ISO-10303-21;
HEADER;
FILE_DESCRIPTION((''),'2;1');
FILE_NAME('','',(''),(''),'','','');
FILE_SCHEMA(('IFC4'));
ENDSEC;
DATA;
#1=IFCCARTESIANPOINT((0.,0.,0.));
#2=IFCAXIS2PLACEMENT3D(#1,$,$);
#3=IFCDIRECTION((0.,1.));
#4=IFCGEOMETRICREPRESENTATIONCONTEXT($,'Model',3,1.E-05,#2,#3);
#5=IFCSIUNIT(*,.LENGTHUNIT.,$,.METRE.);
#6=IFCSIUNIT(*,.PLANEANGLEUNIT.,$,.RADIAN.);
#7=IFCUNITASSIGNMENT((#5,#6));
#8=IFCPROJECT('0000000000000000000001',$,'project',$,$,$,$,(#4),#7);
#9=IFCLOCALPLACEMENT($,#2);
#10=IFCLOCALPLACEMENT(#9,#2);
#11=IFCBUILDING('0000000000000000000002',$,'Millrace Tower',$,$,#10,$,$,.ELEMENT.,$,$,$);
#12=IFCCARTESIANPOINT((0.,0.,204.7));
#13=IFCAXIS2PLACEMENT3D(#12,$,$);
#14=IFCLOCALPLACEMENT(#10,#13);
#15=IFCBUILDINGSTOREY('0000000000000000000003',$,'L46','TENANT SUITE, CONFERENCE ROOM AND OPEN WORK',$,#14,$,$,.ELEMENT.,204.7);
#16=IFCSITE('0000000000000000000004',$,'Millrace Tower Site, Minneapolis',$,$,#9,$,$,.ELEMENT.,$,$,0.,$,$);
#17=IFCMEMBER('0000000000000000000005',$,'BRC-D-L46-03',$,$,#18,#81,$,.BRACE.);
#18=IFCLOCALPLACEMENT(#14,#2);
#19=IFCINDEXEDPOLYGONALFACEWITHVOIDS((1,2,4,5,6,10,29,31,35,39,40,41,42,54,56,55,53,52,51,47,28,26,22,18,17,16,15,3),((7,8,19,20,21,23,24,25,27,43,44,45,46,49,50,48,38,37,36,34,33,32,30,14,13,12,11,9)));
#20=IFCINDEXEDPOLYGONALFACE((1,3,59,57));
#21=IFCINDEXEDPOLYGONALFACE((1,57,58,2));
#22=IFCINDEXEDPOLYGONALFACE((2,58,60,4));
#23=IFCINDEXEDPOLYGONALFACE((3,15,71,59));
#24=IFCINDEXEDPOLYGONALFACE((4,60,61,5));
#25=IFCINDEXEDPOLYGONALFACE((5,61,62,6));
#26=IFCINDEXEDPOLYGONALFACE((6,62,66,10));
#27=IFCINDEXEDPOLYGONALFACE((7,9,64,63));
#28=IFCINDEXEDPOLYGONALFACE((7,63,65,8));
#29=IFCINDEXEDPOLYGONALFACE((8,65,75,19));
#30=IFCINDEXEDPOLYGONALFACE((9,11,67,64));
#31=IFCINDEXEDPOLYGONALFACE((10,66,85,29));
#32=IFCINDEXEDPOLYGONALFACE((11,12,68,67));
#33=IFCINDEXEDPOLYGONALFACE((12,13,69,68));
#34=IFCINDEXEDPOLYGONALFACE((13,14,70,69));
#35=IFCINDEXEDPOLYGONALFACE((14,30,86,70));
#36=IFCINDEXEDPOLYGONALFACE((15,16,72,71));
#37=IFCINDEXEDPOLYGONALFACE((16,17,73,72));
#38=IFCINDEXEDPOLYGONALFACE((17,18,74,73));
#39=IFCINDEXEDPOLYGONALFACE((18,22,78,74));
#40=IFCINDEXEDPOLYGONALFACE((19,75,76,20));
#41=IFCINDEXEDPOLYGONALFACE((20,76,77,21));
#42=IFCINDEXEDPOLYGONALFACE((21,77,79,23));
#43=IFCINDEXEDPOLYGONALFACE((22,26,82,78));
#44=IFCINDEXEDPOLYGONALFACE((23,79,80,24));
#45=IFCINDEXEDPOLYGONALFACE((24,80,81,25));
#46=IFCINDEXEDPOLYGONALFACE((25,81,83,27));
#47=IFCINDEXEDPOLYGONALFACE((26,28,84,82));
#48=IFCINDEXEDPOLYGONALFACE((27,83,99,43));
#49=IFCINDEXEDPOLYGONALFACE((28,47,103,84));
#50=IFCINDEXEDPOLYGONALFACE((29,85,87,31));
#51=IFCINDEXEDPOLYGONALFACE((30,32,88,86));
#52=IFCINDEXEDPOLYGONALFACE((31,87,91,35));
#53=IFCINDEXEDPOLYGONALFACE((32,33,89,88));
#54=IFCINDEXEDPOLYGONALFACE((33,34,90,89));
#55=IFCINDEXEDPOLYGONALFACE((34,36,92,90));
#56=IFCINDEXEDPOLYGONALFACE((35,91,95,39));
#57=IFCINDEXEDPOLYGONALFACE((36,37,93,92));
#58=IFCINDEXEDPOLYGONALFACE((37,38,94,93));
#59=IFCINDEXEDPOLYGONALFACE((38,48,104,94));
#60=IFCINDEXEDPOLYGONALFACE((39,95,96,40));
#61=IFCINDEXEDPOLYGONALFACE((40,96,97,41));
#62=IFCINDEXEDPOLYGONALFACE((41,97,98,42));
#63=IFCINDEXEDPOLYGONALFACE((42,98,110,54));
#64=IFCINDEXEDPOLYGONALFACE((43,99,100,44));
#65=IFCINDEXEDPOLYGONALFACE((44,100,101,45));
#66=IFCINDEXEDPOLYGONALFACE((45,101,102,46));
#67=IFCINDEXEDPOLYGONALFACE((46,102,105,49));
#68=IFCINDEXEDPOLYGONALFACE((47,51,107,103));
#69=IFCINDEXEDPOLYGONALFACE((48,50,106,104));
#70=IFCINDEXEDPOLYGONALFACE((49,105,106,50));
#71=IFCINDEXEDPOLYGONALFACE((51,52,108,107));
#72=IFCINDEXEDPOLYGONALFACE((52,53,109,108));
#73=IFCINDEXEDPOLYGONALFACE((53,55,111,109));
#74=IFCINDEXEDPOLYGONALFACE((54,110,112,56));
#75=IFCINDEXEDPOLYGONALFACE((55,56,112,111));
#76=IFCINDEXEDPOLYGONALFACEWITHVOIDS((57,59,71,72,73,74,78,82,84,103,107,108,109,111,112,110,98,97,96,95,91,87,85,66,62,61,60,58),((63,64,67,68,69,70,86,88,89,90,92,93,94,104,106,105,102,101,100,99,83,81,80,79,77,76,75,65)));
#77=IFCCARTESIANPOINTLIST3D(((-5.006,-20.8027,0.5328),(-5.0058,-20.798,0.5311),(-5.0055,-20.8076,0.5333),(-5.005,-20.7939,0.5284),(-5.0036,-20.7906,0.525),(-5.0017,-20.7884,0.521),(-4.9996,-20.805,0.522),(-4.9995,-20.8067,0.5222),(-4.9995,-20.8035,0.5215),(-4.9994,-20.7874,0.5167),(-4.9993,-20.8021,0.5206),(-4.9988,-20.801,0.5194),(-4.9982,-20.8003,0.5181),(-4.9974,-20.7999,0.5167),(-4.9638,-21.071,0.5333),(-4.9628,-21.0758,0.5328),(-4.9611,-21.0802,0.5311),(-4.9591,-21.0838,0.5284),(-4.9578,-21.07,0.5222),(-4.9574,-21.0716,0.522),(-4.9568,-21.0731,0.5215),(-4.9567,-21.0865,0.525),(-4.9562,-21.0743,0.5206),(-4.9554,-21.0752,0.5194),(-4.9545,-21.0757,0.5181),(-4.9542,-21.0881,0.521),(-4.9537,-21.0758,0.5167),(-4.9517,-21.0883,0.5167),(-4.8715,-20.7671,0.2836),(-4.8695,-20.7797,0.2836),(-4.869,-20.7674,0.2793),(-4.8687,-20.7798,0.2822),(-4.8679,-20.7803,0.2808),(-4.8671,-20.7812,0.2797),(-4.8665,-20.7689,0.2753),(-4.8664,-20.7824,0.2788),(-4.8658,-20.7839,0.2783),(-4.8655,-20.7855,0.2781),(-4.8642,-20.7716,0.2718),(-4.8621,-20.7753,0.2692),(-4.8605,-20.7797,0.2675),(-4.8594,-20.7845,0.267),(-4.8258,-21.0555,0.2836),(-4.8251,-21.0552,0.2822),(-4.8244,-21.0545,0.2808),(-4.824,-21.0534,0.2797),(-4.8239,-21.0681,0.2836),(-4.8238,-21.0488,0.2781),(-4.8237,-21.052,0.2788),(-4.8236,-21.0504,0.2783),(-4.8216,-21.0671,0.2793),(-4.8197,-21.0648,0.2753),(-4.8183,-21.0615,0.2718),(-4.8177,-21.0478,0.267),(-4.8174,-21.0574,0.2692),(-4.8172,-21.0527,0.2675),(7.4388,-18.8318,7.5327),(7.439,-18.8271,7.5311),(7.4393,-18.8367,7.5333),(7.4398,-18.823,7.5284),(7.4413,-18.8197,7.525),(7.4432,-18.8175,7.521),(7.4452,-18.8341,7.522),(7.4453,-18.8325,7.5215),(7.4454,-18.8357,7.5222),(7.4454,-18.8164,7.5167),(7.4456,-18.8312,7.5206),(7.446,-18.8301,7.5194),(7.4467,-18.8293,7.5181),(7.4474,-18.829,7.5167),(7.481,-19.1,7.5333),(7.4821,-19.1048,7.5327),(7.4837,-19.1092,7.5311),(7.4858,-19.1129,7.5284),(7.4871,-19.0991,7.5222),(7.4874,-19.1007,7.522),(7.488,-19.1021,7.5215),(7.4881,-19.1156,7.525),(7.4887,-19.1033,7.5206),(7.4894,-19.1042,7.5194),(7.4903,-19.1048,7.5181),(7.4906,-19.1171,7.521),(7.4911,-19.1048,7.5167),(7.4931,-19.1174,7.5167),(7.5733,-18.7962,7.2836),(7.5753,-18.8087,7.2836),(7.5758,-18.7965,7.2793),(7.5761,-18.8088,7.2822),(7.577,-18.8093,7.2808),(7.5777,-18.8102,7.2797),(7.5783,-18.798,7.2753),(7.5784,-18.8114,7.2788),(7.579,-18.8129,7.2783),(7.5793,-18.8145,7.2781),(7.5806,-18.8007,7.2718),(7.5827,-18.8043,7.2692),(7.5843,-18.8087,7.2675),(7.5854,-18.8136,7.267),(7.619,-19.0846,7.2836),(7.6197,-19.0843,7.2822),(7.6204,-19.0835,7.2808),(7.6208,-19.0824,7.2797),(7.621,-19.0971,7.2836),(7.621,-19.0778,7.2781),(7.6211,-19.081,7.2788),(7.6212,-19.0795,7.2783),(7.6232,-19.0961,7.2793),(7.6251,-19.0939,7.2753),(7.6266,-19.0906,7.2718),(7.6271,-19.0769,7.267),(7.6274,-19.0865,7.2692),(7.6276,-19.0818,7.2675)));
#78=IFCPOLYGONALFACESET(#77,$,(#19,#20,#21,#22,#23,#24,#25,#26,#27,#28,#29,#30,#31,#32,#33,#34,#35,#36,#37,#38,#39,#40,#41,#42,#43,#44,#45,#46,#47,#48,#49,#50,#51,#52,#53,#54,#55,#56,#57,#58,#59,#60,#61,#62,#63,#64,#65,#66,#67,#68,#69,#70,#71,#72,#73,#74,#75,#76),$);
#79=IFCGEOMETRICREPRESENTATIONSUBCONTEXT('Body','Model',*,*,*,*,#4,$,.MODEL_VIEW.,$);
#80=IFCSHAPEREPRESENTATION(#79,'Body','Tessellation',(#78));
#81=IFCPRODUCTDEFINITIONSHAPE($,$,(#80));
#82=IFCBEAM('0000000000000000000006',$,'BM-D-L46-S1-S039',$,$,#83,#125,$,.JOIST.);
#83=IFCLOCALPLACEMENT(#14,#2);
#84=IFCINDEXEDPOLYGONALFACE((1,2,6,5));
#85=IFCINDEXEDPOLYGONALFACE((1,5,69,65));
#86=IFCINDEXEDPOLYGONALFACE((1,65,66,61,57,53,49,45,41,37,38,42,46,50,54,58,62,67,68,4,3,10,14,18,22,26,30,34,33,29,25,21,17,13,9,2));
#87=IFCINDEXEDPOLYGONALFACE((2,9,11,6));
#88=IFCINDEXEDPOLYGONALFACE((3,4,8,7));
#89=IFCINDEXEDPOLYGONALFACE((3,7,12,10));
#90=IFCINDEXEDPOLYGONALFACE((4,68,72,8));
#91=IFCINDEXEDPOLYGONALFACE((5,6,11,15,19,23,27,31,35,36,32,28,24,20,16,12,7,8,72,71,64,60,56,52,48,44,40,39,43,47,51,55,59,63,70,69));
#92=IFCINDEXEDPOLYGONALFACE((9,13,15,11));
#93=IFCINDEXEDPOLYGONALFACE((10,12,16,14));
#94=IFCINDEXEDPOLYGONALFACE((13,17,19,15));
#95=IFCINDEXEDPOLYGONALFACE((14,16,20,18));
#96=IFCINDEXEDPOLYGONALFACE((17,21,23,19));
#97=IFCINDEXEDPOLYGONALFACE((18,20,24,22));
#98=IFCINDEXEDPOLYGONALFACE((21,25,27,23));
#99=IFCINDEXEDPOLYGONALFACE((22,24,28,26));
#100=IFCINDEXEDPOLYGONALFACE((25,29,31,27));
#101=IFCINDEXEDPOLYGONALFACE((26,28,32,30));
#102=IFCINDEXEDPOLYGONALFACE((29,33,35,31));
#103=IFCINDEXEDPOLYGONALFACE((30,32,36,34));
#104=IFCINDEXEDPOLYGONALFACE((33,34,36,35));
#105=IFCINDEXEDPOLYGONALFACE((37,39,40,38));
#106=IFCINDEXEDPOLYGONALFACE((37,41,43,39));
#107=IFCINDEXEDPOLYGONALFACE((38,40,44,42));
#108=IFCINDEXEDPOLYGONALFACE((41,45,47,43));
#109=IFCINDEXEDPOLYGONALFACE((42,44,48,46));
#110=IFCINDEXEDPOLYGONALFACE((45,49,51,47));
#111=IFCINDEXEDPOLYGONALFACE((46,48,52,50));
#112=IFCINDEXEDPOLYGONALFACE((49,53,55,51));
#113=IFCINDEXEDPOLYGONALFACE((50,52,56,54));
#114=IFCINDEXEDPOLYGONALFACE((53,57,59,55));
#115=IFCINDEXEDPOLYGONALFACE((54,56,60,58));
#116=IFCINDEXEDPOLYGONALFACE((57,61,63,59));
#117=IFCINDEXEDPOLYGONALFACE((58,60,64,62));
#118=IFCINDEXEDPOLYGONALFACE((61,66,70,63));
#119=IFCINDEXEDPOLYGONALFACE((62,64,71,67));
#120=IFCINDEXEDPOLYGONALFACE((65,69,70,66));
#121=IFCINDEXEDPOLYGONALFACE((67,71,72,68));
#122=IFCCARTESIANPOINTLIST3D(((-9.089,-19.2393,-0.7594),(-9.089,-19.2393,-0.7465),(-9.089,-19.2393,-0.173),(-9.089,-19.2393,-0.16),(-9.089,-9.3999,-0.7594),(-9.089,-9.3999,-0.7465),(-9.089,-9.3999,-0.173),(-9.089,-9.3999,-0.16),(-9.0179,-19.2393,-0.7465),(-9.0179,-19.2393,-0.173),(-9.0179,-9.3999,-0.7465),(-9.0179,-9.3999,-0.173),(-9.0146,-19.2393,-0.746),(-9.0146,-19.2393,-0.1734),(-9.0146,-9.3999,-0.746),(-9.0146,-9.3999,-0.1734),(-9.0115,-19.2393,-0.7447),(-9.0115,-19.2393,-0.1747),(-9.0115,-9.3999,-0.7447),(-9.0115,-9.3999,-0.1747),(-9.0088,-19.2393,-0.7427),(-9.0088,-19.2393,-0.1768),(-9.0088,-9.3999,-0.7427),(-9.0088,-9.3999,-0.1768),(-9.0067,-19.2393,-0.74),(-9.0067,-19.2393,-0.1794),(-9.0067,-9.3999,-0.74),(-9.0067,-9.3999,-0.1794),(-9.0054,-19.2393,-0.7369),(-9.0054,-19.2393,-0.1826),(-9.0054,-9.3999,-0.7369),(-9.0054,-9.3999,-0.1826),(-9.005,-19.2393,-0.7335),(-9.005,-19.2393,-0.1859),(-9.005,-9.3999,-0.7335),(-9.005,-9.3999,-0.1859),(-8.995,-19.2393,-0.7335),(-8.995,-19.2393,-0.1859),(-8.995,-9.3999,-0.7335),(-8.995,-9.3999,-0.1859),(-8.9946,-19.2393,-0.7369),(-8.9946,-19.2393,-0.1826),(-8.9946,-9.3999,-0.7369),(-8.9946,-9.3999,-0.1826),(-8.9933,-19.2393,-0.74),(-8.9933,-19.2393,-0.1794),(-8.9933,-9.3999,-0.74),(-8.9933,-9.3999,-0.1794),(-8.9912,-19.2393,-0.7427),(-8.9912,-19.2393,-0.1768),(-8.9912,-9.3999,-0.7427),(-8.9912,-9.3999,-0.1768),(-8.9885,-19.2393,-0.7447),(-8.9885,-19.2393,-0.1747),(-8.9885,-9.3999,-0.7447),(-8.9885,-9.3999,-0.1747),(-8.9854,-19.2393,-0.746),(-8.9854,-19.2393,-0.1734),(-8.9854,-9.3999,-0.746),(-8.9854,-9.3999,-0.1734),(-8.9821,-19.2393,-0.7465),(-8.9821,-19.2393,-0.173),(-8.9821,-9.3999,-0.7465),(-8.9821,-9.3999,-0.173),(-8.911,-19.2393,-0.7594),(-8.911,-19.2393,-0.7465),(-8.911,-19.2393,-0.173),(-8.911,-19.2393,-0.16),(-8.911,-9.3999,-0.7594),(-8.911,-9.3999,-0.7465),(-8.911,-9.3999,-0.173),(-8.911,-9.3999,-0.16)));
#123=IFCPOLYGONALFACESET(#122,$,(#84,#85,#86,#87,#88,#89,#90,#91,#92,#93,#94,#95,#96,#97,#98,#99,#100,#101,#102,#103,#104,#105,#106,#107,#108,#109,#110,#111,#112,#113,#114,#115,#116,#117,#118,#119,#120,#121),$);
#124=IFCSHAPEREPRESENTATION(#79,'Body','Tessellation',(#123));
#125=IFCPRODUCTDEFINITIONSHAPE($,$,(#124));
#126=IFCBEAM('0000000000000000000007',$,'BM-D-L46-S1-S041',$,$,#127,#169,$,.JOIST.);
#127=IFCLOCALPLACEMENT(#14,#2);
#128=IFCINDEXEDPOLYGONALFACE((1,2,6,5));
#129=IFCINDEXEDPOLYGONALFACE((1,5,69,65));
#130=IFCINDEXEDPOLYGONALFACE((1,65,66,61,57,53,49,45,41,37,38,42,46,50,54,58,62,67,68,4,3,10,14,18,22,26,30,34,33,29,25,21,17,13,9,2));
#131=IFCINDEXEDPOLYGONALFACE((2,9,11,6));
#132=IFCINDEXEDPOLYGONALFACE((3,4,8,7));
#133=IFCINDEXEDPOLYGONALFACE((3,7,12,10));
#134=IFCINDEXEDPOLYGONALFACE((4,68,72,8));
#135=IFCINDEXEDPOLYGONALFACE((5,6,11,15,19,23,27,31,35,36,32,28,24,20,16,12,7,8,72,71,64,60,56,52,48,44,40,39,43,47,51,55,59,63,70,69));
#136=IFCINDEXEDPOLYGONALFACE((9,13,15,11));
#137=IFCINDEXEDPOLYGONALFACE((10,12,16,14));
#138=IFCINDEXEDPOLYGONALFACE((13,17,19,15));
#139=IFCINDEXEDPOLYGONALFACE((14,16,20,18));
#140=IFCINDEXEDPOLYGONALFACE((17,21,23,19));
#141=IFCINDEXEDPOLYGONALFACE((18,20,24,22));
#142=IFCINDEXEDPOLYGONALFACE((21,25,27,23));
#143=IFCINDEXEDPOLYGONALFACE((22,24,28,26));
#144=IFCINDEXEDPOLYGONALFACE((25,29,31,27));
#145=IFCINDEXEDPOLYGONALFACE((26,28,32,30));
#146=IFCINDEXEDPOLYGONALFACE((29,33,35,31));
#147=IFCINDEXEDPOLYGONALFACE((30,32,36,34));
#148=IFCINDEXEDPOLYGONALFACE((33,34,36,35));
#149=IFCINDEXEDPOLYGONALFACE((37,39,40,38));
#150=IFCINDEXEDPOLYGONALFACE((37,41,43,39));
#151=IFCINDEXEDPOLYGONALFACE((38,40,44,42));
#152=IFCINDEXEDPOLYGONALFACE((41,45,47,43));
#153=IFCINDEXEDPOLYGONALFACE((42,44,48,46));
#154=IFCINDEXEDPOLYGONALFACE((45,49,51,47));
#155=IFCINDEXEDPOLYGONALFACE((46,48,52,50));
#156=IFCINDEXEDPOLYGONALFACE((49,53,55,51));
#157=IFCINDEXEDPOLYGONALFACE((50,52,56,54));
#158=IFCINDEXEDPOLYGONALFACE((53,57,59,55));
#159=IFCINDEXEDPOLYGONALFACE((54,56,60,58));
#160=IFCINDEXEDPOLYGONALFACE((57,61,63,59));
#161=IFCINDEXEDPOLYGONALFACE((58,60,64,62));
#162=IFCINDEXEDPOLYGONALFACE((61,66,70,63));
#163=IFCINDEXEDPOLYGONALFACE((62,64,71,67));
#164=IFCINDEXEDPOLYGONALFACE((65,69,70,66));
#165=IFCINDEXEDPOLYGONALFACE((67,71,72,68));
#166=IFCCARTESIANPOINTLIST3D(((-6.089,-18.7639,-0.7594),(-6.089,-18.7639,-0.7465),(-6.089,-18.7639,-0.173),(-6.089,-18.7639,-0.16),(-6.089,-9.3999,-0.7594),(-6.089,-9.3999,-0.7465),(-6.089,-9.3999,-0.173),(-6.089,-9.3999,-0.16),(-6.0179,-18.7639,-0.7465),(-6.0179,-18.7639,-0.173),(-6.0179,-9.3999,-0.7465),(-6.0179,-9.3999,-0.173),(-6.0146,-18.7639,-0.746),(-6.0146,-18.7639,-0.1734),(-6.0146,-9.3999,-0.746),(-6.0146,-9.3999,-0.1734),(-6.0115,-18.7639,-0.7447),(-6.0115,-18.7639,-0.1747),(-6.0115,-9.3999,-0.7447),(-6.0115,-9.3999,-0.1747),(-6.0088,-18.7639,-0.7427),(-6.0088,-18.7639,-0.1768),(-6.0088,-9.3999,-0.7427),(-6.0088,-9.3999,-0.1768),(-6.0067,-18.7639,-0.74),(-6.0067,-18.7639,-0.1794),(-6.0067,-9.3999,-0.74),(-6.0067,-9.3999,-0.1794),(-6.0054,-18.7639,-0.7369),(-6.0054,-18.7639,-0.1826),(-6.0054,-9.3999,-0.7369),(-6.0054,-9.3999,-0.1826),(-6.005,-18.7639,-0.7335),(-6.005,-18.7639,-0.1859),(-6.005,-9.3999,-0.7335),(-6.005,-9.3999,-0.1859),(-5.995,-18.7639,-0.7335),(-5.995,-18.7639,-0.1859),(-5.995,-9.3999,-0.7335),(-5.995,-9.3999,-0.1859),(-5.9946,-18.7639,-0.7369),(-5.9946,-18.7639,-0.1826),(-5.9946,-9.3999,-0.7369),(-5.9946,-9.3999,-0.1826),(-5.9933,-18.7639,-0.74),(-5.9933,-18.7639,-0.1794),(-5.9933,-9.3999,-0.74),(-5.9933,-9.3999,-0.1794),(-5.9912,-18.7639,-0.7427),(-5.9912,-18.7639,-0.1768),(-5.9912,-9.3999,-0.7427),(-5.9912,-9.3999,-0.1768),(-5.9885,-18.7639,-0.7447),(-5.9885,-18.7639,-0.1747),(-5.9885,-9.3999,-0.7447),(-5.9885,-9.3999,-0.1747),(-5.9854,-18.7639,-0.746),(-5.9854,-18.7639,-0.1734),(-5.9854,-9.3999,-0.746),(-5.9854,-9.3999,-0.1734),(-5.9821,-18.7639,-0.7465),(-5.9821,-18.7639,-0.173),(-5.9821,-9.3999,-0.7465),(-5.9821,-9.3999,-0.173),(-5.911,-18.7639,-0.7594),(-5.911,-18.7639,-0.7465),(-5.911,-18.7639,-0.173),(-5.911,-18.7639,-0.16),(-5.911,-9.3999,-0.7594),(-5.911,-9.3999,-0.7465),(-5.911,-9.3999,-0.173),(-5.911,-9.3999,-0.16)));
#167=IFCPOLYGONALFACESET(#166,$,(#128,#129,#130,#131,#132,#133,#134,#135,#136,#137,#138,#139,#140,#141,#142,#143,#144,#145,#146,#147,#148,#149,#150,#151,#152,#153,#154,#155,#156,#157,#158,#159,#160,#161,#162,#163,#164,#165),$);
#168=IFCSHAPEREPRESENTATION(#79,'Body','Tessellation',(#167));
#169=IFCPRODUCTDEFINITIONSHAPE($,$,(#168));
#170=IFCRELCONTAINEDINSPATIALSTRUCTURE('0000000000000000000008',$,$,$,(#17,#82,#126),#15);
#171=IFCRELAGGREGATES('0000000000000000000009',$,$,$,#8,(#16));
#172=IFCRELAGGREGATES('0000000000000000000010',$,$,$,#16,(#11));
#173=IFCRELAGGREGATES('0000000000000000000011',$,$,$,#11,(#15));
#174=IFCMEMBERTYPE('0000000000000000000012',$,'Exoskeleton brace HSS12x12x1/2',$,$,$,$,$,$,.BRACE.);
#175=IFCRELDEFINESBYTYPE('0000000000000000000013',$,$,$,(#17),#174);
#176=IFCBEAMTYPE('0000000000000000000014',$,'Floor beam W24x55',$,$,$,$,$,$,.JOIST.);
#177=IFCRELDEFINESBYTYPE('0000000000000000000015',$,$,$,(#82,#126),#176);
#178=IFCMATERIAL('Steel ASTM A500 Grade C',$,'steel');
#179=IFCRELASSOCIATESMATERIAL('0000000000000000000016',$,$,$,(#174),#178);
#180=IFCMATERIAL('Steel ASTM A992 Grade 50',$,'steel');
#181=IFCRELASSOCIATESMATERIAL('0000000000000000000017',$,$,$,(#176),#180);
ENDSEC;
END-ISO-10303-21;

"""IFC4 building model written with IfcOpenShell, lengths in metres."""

from ifc_helpers import new_model, si_unit, direction, frame, origin, origin_2d, place, context, subcontext, project, spatial, hollow_rectangle, i_section, extrude, material, material_profile, profile_set, type_object, element, save


model = new_model("IFC4")

# Units and contexts
model_context = context("Model", 3, precision=1e-05, world=origin(), true_north=direction((0.0, 1.0)))
body_context = subcontext(model_context, "Body", "Model", "MODEL_VIEW")
ifc_project = project(units=[si_unit("LENGTHUNIT", "METRE"), si_unit("PLANEANGLEUNIT", "RADIAN")], contexts=[model_context])

# Site, building, storey
site_placement = place(None, origin())
site = spatial("IfcSite", under=ifc_project, at=site_placement, Name="Millrace Tower Site, Minneapolis", CompositionType="ELEMENT", RefElevation=0.0)
building_placement = place(site_placement, origin())
building = spatial("IfcBuilding", under=site, at=building_placement, Name="Millrace Tower", CompositionType="ELEMENT")
storey_placement = place(building_placement, frame((0.0, 0.0, 204.7)))
storey = spatial("IfcBuildingStorey", under=building, at=storey_placement, Name="L46", Description="TENANT SUITE, CONFERENCE ROOM AND OPEN WORK", CompositionType="ELEMENT", Elevation=204.7)

# Member
ifc_material_1 = material(Name="Steel ASTM A500 Grade C", Category="steel")
ifc_material_profile_1 = material_profile(ifc_material_1, hollow_rectangle(XDim=0.3047, YDim=0.3047, WallThickness=0.0127, InnerFilletRadius=0.0063, OuterFilletRadius=0.019, at=origin_2d()))
ifc_profile_set_1 = profile_set([ifc_material_profile_1], Name="Steel ASTM A500 Grade C")
member_type_1 = type_object("IfcMemberType", Name="Exoskeleton brace HSS12x12x1/2", PredefinedType="BRACE", material=ifc_profile_set_1)
member_1_placement = place(storey_placement, frame((-4.9116, -20.9277, 0.4001), z_axis=(0.863395, 0.13674, 0.485645), x_axis=(-0.156425, 0.98769, 0.0)))
element("IfcMember", 1, at=member_1_placement, inside=storey, type_object=member_type_1, Name="BRC-D-L46-03", PredefinedType="BRACE", context=body_context, shape_type="SweptSolid", body=[
    extrude(hollow_rectangle(XDim=0.3047, YDim=0.3047, WallThickness=0.0127, InnerFilletRadius=0.0063, OuterFilletRadius=0.019, at=origin_2d()), origin(), (0.0, 0.0, 1.0), 14.4138),
])

# Beams
ifc_material_2 = material(Name="Steel ASTM A992 Grade 50", Category="steel")
ifc_material_profile_2 = material_profile(ifc_material_2, i_section(OverallWidth=0.178, OverallDepth=0.5994, WebThickness=0.01, FlangeThickness=0.0129, FilletRadius=0.0129, at=origin_2d()))
ifc_profile_set_2 = profile_set([ifc_material_profile_2], Name="Steel ASTM A992 Grade 50")
beam_type_1 = type_object("IfcBeamType", Name="Floor beam W24x55", PredefinedType="JOIST", material=ifc_profile_set_2)
beam_1_placement = place(storey_placement, frame((-9.0, -19.2393, -0.4597), z_axis=(0.0, 1.0, 0.0), x_axis=(-1.0, 0.0, 0.0)))
element("IfcBeam", 2, at=beam_1_placement, inside=storey, type_object=beam_type_1, Name="BM-D-L46-S1-S039", PredefinedType="JOIST", context=body_context, shape_type="SweptSolid", body=[
    extrude(i_section(OverallWidth=0.178, OverallDepth=0.5994, WebThickness=0.01, FlangeThickness=0.0129, FilletRadius=0.0129, at=origin_2d()), origin(), (0.0, 0.0, 1.0), 9.8394),
])
beam_2_placement = place(storey_placement, frame((-6.0, -18.7639, -0.4597), z_axis=(0.0, 1.0, 0.0), x_axis=(-1.0, 0.0, 0.0)))
element("IfcBeam", 3, at=beam_2_placement, inside=storey, type_object=beam_type_1, Name="BM-D-L46-S1-S041", PredefinedType="JOIST", context=body_context, shape_type="SweptSolid", body=[
    extrude(i_section(OverallWidth=0.178, OverallDepth=0.5994, WebThickness=0.01, FlangeThickness=0.0129, FilletRadius=0.0129, at=origin_2d()), origin(), (0.0, 0.0, 1.0), 9.364),
])

save(model, "model.ifc")
